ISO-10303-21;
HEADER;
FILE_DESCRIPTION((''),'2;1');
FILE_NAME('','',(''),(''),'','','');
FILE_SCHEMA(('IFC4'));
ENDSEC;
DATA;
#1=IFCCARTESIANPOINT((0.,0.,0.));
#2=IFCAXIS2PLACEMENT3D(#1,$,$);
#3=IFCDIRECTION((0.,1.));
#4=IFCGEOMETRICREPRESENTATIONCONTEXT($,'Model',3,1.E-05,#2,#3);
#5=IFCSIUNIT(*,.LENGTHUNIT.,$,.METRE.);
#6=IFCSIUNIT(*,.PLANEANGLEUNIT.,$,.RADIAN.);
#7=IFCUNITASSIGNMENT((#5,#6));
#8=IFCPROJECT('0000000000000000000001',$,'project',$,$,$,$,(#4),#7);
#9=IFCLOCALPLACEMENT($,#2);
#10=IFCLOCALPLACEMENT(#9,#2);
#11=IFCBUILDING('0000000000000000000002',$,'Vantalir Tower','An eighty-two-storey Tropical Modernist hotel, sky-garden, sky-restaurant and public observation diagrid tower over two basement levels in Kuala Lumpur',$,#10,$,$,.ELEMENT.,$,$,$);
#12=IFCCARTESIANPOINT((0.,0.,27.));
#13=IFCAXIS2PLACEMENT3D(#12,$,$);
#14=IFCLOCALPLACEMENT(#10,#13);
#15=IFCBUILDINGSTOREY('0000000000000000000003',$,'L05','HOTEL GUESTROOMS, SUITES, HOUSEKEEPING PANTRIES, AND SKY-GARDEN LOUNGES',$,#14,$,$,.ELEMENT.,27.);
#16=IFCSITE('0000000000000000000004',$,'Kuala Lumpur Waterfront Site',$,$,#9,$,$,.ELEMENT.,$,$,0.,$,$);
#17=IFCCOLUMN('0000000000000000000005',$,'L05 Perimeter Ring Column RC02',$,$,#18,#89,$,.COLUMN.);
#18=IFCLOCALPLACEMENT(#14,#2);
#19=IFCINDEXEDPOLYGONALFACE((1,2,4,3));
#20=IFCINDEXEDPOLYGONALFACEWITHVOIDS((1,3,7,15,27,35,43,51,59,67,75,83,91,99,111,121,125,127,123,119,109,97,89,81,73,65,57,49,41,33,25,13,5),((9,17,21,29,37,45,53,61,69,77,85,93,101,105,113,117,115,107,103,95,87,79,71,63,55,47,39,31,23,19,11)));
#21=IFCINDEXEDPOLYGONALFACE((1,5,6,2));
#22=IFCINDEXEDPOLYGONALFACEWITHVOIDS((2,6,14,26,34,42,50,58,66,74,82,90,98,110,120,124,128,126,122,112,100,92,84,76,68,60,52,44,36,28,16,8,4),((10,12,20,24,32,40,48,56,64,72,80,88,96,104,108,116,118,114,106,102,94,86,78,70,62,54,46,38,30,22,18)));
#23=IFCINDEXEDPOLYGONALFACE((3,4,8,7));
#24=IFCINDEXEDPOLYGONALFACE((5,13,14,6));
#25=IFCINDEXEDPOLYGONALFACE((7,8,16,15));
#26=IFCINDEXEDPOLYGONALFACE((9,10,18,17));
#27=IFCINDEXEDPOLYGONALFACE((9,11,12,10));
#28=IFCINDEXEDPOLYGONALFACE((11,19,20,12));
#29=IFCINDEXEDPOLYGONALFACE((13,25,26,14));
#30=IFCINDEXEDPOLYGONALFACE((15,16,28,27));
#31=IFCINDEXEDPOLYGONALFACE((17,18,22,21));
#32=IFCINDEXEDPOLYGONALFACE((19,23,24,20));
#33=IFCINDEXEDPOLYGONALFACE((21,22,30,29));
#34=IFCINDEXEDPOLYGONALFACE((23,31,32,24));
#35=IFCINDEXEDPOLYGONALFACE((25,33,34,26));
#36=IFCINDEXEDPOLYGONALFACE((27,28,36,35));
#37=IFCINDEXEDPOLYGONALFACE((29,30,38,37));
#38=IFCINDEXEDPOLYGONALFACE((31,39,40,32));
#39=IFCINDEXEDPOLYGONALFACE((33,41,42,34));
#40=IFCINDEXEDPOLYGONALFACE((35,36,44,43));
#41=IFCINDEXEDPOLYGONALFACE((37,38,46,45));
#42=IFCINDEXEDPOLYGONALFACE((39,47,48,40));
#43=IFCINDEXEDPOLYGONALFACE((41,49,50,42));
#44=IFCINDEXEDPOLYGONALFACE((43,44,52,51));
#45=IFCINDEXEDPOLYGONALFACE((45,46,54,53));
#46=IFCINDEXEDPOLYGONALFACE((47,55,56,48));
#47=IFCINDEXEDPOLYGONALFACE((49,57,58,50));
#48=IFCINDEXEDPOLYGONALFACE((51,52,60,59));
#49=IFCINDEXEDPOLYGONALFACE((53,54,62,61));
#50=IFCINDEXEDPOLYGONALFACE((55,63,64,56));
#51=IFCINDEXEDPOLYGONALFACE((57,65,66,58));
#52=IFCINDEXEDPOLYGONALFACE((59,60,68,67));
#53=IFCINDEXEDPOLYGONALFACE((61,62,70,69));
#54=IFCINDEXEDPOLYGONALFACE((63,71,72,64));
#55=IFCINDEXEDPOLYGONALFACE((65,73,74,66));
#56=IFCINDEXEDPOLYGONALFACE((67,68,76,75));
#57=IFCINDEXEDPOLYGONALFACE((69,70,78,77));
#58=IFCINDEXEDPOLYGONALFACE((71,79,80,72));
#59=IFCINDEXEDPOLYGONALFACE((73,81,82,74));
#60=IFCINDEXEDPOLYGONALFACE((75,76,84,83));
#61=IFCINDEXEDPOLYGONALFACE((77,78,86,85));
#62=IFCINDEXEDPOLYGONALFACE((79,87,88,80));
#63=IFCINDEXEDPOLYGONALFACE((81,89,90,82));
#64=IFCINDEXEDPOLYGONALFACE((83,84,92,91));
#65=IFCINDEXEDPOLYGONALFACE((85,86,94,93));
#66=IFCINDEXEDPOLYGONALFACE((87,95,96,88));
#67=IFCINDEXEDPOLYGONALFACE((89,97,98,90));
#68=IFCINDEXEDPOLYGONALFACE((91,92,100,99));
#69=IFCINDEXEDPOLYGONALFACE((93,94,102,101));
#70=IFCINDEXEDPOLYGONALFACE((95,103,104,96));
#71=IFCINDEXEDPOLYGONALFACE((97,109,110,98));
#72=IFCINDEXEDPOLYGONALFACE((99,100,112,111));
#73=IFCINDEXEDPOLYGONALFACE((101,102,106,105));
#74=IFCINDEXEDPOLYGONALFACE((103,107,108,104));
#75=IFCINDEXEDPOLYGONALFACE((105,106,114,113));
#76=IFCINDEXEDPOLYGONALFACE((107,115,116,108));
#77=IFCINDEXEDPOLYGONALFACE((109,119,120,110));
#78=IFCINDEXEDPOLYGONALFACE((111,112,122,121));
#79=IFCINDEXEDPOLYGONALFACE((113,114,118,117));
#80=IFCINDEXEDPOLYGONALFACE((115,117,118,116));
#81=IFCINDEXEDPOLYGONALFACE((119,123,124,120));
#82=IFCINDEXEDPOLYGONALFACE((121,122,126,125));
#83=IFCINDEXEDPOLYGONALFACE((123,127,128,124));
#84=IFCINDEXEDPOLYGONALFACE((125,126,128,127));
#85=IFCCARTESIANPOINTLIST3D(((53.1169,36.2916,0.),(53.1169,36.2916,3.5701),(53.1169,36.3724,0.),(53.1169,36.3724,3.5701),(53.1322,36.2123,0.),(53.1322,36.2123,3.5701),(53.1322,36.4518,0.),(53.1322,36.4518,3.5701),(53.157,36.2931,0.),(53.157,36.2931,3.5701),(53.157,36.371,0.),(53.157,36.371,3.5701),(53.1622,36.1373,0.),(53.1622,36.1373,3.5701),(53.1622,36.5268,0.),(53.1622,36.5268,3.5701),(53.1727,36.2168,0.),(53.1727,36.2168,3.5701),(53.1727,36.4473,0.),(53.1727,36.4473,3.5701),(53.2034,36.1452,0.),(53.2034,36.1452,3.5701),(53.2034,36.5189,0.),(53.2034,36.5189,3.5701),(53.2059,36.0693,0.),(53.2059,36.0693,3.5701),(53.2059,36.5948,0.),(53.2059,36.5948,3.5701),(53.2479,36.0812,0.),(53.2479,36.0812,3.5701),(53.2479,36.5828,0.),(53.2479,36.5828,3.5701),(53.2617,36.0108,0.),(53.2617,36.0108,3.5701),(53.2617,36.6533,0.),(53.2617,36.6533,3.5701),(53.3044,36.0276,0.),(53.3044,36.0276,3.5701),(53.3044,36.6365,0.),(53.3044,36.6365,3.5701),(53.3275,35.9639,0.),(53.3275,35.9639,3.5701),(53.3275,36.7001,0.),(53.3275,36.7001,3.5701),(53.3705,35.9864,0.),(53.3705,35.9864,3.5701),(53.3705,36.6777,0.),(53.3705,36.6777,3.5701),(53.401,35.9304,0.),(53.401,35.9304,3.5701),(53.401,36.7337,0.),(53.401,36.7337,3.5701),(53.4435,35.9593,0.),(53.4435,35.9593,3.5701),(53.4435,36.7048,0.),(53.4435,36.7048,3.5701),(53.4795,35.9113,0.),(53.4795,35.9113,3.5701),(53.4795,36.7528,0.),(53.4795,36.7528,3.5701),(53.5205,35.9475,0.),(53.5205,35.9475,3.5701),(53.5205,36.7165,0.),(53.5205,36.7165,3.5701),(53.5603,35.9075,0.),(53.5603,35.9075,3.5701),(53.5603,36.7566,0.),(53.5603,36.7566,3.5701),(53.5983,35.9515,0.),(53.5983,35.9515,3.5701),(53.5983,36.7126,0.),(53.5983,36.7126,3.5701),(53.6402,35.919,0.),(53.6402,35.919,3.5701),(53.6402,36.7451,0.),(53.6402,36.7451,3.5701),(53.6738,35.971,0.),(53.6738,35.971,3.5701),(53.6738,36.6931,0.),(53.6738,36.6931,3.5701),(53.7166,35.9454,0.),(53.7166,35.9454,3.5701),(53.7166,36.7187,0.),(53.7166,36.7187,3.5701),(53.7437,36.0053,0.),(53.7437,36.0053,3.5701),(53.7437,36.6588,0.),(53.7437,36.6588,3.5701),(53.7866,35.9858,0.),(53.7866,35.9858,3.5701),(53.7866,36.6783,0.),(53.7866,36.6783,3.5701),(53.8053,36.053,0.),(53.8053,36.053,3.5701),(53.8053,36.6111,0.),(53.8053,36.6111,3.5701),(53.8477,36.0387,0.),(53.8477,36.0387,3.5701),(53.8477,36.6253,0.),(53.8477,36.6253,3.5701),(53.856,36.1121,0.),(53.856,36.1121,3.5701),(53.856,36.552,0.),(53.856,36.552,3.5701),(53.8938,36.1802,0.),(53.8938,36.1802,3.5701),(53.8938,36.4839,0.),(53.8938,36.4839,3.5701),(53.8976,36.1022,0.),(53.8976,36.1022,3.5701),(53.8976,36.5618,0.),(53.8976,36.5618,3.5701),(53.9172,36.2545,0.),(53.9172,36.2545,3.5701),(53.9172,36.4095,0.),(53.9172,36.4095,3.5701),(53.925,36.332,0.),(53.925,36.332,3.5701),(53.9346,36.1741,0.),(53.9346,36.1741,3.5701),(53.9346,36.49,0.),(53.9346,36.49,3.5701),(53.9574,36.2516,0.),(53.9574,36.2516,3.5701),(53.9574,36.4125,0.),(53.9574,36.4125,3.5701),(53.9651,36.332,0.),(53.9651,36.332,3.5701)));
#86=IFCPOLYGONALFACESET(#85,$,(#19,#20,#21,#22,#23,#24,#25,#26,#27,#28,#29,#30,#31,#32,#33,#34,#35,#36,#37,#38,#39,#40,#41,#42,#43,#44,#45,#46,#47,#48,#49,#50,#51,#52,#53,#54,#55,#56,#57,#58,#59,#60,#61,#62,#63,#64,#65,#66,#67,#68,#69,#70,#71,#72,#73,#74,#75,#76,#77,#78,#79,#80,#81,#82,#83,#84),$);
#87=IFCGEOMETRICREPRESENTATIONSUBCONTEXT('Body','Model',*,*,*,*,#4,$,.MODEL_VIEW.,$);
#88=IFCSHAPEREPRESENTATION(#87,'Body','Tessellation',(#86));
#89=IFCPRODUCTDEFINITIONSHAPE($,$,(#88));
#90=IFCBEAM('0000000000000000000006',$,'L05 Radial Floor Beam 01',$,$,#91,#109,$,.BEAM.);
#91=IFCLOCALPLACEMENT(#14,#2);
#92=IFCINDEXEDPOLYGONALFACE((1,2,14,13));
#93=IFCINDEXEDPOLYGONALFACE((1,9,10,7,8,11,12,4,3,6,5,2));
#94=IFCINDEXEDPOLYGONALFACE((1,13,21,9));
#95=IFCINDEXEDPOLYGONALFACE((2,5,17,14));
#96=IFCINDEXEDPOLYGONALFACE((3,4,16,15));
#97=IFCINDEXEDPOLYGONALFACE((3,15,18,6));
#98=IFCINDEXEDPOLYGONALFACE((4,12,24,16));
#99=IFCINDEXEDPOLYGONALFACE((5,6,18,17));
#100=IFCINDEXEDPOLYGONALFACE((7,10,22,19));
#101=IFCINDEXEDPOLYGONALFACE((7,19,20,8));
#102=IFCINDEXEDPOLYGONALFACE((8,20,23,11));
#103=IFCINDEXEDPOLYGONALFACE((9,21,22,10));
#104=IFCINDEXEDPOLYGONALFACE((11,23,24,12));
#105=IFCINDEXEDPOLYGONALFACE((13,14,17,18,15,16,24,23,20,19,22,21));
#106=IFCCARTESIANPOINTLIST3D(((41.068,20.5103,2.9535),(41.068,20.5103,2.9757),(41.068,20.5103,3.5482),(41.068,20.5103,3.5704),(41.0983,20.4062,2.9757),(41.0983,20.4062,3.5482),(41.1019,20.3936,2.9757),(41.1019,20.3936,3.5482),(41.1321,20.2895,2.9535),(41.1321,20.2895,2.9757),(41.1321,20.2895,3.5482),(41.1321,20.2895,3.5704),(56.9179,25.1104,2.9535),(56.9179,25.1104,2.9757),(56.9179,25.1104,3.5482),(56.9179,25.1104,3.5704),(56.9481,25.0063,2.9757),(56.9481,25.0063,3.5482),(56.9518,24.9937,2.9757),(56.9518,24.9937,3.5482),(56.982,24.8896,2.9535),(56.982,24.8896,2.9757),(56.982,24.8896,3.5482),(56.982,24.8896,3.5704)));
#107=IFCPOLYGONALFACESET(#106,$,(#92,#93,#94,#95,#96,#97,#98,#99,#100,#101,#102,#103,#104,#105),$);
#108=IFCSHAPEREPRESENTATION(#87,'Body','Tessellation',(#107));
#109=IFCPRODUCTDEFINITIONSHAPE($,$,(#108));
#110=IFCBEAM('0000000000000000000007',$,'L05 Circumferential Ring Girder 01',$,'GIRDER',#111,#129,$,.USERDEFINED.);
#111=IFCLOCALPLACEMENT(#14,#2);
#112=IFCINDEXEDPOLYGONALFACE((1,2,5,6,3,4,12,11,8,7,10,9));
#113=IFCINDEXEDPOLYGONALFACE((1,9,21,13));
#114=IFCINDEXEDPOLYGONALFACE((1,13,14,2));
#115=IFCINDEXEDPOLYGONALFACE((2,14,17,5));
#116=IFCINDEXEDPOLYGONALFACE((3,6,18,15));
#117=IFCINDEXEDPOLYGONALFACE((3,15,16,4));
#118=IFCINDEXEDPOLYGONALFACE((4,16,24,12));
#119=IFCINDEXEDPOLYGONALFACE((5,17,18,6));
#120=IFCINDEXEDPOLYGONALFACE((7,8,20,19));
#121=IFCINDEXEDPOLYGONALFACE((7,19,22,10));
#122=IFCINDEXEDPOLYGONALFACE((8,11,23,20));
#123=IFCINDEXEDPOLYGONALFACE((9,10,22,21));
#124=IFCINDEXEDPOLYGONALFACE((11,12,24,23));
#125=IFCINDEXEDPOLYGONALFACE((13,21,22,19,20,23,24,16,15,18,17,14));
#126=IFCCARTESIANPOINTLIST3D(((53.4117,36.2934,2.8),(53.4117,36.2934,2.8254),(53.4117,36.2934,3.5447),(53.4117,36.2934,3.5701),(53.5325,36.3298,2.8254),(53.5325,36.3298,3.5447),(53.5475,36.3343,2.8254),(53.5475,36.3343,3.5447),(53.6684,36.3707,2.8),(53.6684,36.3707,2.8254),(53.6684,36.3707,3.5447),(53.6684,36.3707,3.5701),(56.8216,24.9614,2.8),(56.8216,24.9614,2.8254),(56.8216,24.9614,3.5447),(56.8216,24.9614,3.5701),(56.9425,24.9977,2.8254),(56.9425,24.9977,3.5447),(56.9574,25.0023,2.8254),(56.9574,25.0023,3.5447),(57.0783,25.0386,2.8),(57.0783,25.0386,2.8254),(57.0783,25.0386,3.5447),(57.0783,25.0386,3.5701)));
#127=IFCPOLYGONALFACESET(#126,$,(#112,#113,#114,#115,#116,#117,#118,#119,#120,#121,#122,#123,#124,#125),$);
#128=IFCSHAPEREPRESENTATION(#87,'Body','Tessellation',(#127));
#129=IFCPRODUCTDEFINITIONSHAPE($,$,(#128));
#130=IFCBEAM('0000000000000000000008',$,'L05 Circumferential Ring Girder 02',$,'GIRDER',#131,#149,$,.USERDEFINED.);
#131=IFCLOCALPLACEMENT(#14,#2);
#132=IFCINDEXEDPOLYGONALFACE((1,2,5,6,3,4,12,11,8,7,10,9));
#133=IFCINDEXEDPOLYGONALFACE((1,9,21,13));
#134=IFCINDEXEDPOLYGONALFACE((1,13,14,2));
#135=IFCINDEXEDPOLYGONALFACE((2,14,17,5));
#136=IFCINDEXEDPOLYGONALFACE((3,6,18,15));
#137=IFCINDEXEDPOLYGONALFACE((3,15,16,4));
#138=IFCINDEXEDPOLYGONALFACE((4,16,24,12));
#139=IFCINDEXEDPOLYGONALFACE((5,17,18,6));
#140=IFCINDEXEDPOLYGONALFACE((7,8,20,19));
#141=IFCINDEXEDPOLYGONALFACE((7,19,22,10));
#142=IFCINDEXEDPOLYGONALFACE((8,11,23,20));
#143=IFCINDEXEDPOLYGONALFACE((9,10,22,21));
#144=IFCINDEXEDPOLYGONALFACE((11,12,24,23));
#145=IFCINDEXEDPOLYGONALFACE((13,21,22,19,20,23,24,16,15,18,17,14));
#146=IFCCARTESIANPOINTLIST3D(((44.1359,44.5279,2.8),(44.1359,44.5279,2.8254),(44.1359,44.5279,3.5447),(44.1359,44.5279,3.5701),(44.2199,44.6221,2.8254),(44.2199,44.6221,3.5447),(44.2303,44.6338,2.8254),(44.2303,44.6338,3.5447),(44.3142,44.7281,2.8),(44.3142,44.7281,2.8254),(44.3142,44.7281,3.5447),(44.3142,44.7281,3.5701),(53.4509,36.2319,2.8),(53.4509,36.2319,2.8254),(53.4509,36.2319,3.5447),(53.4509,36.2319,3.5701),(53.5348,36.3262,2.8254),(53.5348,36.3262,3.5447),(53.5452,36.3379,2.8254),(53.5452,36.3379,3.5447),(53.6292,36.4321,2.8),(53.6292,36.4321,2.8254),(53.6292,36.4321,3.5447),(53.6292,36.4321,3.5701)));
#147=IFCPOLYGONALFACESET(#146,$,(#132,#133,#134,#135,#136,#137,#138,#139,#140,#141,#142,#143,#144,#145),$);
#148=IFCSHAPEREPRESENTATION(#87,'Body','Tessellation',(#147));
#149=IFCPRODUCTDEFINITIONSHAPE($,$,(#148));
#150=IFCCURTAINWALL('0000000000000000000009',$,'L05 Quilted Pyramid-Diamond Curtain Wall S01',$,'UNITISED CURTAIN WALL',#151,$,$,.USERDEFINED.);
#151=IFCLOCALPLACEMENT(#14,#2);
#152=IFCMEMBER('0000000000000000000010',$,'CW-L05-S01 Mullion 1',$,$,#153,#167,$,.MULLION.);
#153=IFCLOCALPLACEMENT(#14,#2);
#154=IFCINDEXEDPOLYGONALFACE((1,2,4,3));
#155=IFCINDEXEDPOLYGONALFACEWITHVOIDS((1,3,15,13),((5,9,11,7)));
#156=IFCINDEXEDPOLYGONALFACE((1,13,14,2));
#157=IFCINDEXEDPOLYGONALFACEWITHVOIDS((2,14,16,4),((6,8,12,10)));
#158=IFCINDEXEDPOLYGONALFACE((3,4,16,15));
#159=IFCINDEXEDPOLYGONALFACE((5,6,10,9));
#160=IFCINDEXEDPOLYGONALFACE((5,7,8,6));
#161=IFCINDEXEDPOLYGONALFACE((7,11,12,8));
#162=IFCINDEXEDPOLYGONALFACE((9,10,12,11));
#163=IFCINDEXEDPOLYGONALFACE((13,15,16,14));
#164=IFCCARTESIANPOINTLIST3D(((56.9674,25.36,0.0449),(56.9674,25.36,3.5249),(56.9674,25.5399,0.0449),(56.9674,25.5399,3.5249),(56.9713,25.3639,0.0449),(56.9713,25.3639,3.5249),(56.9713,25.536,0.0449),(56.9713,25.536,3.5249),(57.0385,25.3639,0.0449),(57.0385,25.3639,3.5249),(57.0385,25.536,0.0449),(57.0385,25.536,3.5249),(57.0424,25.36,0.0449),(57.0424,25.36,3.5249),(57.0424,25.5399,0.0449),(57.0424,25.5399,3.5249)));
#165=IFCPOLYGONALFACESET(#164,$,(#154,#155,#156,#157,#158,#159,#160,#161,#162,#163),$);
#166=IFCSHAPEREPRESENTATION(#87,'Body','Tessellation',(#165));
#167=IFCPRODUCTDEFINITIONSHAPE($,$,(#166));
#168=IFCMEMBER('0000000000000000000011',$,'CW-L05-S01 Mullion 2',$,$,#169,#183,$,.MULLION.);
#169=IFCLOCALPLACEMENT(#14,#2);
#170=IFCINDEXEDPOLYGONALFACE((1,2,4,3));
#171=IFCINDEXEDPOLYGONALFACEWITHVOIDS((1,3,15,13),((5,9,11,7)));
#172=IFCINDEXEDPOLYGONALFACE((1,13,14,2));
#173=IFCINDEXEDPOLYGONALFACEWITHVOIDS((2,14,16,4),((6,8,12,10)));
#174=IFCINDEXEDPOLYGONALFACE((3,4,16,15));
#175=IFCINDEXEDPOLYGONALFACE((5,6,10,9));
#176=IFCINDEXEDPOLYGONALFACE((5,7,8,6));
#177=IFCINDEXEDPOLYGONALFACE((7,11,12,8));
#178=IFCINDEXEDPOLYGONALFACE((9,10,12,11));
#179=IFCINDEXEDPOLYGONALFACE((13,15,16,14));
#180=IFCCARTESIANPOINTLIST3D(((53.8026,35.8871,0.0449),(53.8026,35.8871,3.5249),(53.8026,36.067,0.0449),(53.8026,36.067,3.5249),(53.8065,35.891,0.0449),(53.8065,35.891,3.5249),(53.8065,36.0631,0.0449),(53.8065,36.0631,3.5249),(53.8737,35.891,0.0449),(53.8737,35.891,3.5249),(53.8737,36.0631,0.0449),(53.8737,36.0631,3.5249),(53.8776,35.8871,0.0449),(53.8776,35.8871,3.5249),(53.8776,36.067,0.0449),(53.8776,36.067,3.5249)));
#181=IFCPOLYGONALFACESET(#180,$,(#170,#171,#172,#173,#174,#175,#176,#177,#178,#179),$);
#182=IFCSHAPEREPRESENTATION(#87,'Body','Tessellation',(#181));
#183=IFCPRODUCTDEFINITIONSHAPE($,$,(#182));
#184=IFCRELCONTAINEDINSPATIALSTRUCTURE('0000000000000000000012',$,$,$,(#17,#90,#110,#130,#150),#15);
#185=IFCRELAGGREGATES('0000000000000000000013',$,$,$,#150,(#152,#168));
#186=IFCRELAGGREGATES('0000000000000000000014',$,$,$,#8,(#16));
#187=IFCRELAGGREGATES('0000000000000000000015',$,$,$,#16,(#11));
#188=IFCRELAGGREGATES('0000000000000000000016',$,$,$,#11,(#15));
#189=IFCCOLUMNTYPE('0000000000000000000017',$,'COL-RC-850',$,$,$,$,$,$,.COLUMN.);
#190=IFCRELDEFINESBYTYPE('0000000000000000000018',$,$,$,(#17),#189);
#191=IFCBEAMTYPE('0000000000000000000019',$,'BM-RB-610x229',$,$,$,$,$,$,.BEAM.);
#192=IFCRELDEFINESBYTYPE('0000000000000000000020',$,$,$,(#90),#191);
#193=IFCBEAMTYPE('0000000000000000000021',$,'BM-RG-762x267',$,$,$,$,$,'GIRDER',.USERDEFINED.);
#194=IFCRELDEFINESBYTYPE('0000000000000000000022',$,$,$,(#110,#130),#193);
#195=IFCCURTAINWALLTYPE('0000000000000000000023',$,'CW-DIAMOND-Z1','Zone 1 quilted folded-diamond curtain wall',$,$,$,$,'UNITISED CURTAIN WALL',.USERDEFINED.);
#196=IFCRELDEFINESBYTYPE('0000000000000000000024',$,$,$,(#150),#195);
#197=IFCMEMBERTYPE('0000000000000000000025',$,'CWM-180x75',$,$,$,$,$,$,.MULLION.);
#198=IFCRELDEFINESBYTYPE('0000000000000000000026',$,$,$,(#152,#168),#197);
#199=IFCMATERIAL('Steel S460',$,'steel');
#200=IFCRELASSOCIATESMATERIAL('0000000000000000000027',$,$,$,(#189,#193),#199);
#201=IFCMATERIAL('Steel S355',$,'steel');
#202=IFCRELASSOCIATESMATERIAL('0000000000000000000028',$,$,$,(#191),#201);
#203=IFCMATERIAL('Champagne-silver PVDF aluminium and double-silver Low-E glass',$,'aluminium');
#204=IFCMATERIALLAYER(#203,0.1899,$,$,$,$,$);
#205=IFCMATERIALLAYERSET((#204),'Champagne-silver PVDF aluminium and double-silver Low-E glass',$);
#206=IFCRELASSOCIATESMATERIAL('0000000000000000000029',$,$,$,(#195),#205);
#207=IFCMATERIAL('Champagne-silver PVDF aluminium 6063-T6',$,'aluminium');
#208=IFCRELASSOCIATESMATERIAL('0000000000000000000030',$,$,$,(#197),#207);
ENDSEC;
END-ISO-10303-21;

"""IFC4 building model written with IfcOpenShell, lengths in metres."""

from ifc_helpers import new_model, si_unit, direction, frame, origin, origin_2d, place, context, subcontext, project, spatial, hollow_rectangle, hollow_circle, i_section, extrude, material, layer, layer_set, material_profile, profile_set, type_object, element, aggregate, save


model = new_model("IFC4")

# Units and contexts
model_context = context("Model", 3, precision=1e-05, world=origin(), true_north=direction((0.0, 1.0)))
body_context = subcontext(model_context, "Body", "Model", "MODEL_VIEW")
ifc_project = project(units=[si_unit("LENGTHUNIT", "METRE"), si_unit("PLANEANGLEUNIT", "RADIAN")], contexts=[model_context])

# Site, building, storey
site_placement = place(None, origin())
site = spatial("IfcSite", under=ifc_project, at=site_placement, Name="Kuala Lumpur Waterfront Site", CompositionType="ELEMENT", RefElevation=0.0)
building_placement = place(site_placement, origin())
building = spatial("IfcBuilding", under=site, at=building_placement, Name="Vantalir Tower", Description="An eighty-two-storey Tropical Modernist hotel, sky-garden, sky-restaurant and public observation diagrid tower over two basement levels in Kuala Lumpur", CompositionType="ELEMENT")
storey_placement = place(building_placement, frame((0.0, 0.0, 27.0)))
storey = spatial("IfcBuildingStorey", under=building, at=storey_placement, Name="L05", Description="HOTEL GUESTROOMS, SUITES, HOUSEKEEPING PANTRIES, AND SKY-GARDEN LOUNGES", CompositionType="ELEMENT", Elevation=27.0)

# Column
ifc_material_1 = material(Name="Steel S460", Category="steel")
ifc_material_profile_1 = material_profile(ifc_material_1, hollow_circle(Radius=0.425, WallThickness=0.04, at=origin_2d()), Name="Steel S460")
ifc_profile_set_1 = profile_set([ifc_material_profile_1], Name="Steel S460")
column_type = type_object("IfcColumnType", Name="COL-RC-850", PredefinedType="COLUMN", material=ifc_profile_set_1)
column_placement = place(storey_placement, frame((53.54, 36.332, 0.0), z_axis=(0.0, 0.0, 1.0), x_axis=(1.0, 0.0, 0.0)))
element("IfcColumn", 1, at=column_placement, inside=storey, type_object=column_type, Name="L05 Perimeter Ring Column RC02", PredefinedType="COLUMN", context=body_context, shape_type="SweptSolid", body=[
    extrude(hollow_circle(Radius=0.425, WallThickness=0.04, at=origin_2d()), origin(), (0.0, 0.0, 1.0), 3.5701),
])

# Beams
ifc_material_2 = material(Name="Steel S355", Category="steel")
ifc_material_profile_2 = material_profile(ifc_material_2, i_section(OverallWidth=0.23, OverallDepth=0.6169, WebThickness=0.0132, FlangeThickness=0.0222, at=origin_2d()), Name="Steel S355")
ifc_profile_set_2 = profile_set([ifc_material_profile_2], Name="Steel S355")
beam_type_1 = type_object("IfcBeamType", Name="BM-RB-610x229", PredefinedType="BEAM", material=ifc_profile_set_2)
beam_1_placement = place(storey_placement, frame((56.95, 25.0, 3.262), z_axis=(-0.96037, -0.278728, 0.0), x_axis=(0.278728, -0.96037, 0.0)))
element("IfcBeam", 2, at=beam_1_placement, inside=storey, type_object=beam_type_1, Name="L05 Radial Floor Beam 01", PredefinedType="BEAM", context=body_context, shape_type="SweptSolid", body=[
    extrude(i_section(OverallWidth=0.23, OverallDepth=0.6169, WebThickness=0.0132, FlangeThickness=0.0222, at=origin_2d()), origin(), (0.0, 0.0, 1.0), 16.5039),
])
ifc_material_profile_3 = material_profile(ifc_material_1, i_section(OverallWidth=0.2681, OverallDepth=0.77, WebThickness=0.0156, FlangeThickness=0.0254, at=origin_2d()), Name="Steel S460")
ifc_profile_set_3 = profile_set([ifc_material_profile_3], Name="Steel S460")
beam_type_2 = type_object("IfcBeamType", Name="BM-RG-762x267", ElementType="GIRDER", PredefinedType="USERDEFINED", material=ifc_profile_set_3)
beam_2_placement = place(storey_placement, frame((56.95, 25.0, 3.1851), z_axis=(-0.288147, 0.957586, 0.0), x_axis=(-0.957586, -0.288147, 0.0)))
element("IfcBeam", 3, at=beam_2_placement, inside=storey, type_object=beam_type_2, Name="L05 Circumferential Ring Girder 01", ObjectType="GIRDER", PredefinedType="USERDEFINED", context=body_context, shape_type="SweptSolid", body=[
    extrude(i_section(OverallWidth=0.2681, OverallDepth=0.77, WebThickness=0.0156, FlangeThickness=0.0254, at=origin_2d()), origin(), (0.0, 0.0, 1.0), 11.834),
])
beam_3_placement = place(storey_placement, frame((53.54, 36.332, 3.1851), z_axis=(-0.746774, 0.665078, 0.0), x_axis=(-0.665078, -0.746774, 0.0)))
element("IfcBeam", 4, at=beam_3_placement, inside=storey, type_object=beam_type_2, Name="L05 Circumferential Ring Girder 02", ObjectType="GIRDER", PredefinedType="USERDEFINED", context=body_context, shape_type="SweptSolid", body=[
    extrude(i_section(OverallWidth=0.2681, OverallDepth=0.77, WebThickness=0.0156, FlangeThickness=0.0254, at=origin_2d()), origin(), (0.0, 0.0, 1.0), 12.4736),
])

# Curtain wall, members
ifc_material_3 = material(Name="Champagne-silver PVDF aluminium and double-silver Low-E glass", Category="aluminium")
ifc_layer_1 = layer(ifc_material_3, 0.1899)
ifc_layer_set_1 = layer_set([ifc_layer_1], Name="Champagne-silver PVDF aluminium and double-silver Low-E glass")
curtain_wall_type = type_object("IfcCurtainWallType", Name="CW-DIAMOND-Z1", Description="Zone 1 quilted folded-diamond curtain wall", ElementType="UNITISED CURTAIN WALL", PredefinedType="USERDEFINED", material=ifc_layer_set_1)
curtain_wall_placement = place(storey_placement, origin())
curtain_wall = element("IfcCurtainWall", 5, at=curtain_wall_placement, inside=storey, type_object=curtain_wall_type, Name="L05 Quilted Pyramid-Diamond Curtain Wall S01", ObjectType="UNITISED CURTAIN WALL", PredefinedType="USERDEFINED")
ifc_material_4 = material(Name="Champagne-silver PVDF aluminium 6063-T6", Category="aluminium")
ifc_material_profile_4 = material_profile(ifc_material_4, hollow_rectangle(XDim=0.075, YDim=0.1799, WallThickness=0.0039, at=origin_2d()), Name="Champagne-silver PVDF aluminium 6063-T6")
ifc_profile_set_4 = profile_set([ifc_material_profile_4], Name="Champagne-silver PVDF aluminium 6063-T6")
member_type_1 = type_object("IfcMemberType", Name="CWM-180x75", PredefinedType="MULLION", material=ifc_profile_set_4)
member_1_placement = place(storey_placement, frame((57.0049, 25.45, 0.0449), z_axis=(0.0, 0.0, 1.0), x_axis=(1.0, 0.0, 0.0)))
member_1 = element("IfcMember", 6, at=member_1_placement, type_object=member_type_1, Name="CW-L05-S01 Mullion 1", PredefinedType="MULLION", context=body_context, shape_type="SweptSolid", body=[
    extrude(hollow_rectangle(XDim=0.075, YDim=0.1799, WallThickness=0.0039, at=origin_2d()), origin(), (0.0, 0.0, 1.0), 3.48),
])
member_2_placement = place(storey_placement, frame((53.8401, 35.9771, 0.0449), z_axis=(0.0, 0.0, 1.0), x_axis=(1.0, 0.0, 0.0)))
member_2 = element("IfcMember", 7, at=member_2_placement, type_object=member_type_1, Name="CW-L05-S01 Mullion 2", PredefinedType="MULLION", context=body_context, shape_type="SweptSolid", body=[
    extrude(hollow_rectangle(XDim=0.075, YDim=0.1799, WallThickness=0.0039, at=origin_2d()), origin(), (0.0, 0.0, 1.0), 3.48),
])

aggregate(curtain_wall, [member_1, member_2])

save(model, "model.ifc")
